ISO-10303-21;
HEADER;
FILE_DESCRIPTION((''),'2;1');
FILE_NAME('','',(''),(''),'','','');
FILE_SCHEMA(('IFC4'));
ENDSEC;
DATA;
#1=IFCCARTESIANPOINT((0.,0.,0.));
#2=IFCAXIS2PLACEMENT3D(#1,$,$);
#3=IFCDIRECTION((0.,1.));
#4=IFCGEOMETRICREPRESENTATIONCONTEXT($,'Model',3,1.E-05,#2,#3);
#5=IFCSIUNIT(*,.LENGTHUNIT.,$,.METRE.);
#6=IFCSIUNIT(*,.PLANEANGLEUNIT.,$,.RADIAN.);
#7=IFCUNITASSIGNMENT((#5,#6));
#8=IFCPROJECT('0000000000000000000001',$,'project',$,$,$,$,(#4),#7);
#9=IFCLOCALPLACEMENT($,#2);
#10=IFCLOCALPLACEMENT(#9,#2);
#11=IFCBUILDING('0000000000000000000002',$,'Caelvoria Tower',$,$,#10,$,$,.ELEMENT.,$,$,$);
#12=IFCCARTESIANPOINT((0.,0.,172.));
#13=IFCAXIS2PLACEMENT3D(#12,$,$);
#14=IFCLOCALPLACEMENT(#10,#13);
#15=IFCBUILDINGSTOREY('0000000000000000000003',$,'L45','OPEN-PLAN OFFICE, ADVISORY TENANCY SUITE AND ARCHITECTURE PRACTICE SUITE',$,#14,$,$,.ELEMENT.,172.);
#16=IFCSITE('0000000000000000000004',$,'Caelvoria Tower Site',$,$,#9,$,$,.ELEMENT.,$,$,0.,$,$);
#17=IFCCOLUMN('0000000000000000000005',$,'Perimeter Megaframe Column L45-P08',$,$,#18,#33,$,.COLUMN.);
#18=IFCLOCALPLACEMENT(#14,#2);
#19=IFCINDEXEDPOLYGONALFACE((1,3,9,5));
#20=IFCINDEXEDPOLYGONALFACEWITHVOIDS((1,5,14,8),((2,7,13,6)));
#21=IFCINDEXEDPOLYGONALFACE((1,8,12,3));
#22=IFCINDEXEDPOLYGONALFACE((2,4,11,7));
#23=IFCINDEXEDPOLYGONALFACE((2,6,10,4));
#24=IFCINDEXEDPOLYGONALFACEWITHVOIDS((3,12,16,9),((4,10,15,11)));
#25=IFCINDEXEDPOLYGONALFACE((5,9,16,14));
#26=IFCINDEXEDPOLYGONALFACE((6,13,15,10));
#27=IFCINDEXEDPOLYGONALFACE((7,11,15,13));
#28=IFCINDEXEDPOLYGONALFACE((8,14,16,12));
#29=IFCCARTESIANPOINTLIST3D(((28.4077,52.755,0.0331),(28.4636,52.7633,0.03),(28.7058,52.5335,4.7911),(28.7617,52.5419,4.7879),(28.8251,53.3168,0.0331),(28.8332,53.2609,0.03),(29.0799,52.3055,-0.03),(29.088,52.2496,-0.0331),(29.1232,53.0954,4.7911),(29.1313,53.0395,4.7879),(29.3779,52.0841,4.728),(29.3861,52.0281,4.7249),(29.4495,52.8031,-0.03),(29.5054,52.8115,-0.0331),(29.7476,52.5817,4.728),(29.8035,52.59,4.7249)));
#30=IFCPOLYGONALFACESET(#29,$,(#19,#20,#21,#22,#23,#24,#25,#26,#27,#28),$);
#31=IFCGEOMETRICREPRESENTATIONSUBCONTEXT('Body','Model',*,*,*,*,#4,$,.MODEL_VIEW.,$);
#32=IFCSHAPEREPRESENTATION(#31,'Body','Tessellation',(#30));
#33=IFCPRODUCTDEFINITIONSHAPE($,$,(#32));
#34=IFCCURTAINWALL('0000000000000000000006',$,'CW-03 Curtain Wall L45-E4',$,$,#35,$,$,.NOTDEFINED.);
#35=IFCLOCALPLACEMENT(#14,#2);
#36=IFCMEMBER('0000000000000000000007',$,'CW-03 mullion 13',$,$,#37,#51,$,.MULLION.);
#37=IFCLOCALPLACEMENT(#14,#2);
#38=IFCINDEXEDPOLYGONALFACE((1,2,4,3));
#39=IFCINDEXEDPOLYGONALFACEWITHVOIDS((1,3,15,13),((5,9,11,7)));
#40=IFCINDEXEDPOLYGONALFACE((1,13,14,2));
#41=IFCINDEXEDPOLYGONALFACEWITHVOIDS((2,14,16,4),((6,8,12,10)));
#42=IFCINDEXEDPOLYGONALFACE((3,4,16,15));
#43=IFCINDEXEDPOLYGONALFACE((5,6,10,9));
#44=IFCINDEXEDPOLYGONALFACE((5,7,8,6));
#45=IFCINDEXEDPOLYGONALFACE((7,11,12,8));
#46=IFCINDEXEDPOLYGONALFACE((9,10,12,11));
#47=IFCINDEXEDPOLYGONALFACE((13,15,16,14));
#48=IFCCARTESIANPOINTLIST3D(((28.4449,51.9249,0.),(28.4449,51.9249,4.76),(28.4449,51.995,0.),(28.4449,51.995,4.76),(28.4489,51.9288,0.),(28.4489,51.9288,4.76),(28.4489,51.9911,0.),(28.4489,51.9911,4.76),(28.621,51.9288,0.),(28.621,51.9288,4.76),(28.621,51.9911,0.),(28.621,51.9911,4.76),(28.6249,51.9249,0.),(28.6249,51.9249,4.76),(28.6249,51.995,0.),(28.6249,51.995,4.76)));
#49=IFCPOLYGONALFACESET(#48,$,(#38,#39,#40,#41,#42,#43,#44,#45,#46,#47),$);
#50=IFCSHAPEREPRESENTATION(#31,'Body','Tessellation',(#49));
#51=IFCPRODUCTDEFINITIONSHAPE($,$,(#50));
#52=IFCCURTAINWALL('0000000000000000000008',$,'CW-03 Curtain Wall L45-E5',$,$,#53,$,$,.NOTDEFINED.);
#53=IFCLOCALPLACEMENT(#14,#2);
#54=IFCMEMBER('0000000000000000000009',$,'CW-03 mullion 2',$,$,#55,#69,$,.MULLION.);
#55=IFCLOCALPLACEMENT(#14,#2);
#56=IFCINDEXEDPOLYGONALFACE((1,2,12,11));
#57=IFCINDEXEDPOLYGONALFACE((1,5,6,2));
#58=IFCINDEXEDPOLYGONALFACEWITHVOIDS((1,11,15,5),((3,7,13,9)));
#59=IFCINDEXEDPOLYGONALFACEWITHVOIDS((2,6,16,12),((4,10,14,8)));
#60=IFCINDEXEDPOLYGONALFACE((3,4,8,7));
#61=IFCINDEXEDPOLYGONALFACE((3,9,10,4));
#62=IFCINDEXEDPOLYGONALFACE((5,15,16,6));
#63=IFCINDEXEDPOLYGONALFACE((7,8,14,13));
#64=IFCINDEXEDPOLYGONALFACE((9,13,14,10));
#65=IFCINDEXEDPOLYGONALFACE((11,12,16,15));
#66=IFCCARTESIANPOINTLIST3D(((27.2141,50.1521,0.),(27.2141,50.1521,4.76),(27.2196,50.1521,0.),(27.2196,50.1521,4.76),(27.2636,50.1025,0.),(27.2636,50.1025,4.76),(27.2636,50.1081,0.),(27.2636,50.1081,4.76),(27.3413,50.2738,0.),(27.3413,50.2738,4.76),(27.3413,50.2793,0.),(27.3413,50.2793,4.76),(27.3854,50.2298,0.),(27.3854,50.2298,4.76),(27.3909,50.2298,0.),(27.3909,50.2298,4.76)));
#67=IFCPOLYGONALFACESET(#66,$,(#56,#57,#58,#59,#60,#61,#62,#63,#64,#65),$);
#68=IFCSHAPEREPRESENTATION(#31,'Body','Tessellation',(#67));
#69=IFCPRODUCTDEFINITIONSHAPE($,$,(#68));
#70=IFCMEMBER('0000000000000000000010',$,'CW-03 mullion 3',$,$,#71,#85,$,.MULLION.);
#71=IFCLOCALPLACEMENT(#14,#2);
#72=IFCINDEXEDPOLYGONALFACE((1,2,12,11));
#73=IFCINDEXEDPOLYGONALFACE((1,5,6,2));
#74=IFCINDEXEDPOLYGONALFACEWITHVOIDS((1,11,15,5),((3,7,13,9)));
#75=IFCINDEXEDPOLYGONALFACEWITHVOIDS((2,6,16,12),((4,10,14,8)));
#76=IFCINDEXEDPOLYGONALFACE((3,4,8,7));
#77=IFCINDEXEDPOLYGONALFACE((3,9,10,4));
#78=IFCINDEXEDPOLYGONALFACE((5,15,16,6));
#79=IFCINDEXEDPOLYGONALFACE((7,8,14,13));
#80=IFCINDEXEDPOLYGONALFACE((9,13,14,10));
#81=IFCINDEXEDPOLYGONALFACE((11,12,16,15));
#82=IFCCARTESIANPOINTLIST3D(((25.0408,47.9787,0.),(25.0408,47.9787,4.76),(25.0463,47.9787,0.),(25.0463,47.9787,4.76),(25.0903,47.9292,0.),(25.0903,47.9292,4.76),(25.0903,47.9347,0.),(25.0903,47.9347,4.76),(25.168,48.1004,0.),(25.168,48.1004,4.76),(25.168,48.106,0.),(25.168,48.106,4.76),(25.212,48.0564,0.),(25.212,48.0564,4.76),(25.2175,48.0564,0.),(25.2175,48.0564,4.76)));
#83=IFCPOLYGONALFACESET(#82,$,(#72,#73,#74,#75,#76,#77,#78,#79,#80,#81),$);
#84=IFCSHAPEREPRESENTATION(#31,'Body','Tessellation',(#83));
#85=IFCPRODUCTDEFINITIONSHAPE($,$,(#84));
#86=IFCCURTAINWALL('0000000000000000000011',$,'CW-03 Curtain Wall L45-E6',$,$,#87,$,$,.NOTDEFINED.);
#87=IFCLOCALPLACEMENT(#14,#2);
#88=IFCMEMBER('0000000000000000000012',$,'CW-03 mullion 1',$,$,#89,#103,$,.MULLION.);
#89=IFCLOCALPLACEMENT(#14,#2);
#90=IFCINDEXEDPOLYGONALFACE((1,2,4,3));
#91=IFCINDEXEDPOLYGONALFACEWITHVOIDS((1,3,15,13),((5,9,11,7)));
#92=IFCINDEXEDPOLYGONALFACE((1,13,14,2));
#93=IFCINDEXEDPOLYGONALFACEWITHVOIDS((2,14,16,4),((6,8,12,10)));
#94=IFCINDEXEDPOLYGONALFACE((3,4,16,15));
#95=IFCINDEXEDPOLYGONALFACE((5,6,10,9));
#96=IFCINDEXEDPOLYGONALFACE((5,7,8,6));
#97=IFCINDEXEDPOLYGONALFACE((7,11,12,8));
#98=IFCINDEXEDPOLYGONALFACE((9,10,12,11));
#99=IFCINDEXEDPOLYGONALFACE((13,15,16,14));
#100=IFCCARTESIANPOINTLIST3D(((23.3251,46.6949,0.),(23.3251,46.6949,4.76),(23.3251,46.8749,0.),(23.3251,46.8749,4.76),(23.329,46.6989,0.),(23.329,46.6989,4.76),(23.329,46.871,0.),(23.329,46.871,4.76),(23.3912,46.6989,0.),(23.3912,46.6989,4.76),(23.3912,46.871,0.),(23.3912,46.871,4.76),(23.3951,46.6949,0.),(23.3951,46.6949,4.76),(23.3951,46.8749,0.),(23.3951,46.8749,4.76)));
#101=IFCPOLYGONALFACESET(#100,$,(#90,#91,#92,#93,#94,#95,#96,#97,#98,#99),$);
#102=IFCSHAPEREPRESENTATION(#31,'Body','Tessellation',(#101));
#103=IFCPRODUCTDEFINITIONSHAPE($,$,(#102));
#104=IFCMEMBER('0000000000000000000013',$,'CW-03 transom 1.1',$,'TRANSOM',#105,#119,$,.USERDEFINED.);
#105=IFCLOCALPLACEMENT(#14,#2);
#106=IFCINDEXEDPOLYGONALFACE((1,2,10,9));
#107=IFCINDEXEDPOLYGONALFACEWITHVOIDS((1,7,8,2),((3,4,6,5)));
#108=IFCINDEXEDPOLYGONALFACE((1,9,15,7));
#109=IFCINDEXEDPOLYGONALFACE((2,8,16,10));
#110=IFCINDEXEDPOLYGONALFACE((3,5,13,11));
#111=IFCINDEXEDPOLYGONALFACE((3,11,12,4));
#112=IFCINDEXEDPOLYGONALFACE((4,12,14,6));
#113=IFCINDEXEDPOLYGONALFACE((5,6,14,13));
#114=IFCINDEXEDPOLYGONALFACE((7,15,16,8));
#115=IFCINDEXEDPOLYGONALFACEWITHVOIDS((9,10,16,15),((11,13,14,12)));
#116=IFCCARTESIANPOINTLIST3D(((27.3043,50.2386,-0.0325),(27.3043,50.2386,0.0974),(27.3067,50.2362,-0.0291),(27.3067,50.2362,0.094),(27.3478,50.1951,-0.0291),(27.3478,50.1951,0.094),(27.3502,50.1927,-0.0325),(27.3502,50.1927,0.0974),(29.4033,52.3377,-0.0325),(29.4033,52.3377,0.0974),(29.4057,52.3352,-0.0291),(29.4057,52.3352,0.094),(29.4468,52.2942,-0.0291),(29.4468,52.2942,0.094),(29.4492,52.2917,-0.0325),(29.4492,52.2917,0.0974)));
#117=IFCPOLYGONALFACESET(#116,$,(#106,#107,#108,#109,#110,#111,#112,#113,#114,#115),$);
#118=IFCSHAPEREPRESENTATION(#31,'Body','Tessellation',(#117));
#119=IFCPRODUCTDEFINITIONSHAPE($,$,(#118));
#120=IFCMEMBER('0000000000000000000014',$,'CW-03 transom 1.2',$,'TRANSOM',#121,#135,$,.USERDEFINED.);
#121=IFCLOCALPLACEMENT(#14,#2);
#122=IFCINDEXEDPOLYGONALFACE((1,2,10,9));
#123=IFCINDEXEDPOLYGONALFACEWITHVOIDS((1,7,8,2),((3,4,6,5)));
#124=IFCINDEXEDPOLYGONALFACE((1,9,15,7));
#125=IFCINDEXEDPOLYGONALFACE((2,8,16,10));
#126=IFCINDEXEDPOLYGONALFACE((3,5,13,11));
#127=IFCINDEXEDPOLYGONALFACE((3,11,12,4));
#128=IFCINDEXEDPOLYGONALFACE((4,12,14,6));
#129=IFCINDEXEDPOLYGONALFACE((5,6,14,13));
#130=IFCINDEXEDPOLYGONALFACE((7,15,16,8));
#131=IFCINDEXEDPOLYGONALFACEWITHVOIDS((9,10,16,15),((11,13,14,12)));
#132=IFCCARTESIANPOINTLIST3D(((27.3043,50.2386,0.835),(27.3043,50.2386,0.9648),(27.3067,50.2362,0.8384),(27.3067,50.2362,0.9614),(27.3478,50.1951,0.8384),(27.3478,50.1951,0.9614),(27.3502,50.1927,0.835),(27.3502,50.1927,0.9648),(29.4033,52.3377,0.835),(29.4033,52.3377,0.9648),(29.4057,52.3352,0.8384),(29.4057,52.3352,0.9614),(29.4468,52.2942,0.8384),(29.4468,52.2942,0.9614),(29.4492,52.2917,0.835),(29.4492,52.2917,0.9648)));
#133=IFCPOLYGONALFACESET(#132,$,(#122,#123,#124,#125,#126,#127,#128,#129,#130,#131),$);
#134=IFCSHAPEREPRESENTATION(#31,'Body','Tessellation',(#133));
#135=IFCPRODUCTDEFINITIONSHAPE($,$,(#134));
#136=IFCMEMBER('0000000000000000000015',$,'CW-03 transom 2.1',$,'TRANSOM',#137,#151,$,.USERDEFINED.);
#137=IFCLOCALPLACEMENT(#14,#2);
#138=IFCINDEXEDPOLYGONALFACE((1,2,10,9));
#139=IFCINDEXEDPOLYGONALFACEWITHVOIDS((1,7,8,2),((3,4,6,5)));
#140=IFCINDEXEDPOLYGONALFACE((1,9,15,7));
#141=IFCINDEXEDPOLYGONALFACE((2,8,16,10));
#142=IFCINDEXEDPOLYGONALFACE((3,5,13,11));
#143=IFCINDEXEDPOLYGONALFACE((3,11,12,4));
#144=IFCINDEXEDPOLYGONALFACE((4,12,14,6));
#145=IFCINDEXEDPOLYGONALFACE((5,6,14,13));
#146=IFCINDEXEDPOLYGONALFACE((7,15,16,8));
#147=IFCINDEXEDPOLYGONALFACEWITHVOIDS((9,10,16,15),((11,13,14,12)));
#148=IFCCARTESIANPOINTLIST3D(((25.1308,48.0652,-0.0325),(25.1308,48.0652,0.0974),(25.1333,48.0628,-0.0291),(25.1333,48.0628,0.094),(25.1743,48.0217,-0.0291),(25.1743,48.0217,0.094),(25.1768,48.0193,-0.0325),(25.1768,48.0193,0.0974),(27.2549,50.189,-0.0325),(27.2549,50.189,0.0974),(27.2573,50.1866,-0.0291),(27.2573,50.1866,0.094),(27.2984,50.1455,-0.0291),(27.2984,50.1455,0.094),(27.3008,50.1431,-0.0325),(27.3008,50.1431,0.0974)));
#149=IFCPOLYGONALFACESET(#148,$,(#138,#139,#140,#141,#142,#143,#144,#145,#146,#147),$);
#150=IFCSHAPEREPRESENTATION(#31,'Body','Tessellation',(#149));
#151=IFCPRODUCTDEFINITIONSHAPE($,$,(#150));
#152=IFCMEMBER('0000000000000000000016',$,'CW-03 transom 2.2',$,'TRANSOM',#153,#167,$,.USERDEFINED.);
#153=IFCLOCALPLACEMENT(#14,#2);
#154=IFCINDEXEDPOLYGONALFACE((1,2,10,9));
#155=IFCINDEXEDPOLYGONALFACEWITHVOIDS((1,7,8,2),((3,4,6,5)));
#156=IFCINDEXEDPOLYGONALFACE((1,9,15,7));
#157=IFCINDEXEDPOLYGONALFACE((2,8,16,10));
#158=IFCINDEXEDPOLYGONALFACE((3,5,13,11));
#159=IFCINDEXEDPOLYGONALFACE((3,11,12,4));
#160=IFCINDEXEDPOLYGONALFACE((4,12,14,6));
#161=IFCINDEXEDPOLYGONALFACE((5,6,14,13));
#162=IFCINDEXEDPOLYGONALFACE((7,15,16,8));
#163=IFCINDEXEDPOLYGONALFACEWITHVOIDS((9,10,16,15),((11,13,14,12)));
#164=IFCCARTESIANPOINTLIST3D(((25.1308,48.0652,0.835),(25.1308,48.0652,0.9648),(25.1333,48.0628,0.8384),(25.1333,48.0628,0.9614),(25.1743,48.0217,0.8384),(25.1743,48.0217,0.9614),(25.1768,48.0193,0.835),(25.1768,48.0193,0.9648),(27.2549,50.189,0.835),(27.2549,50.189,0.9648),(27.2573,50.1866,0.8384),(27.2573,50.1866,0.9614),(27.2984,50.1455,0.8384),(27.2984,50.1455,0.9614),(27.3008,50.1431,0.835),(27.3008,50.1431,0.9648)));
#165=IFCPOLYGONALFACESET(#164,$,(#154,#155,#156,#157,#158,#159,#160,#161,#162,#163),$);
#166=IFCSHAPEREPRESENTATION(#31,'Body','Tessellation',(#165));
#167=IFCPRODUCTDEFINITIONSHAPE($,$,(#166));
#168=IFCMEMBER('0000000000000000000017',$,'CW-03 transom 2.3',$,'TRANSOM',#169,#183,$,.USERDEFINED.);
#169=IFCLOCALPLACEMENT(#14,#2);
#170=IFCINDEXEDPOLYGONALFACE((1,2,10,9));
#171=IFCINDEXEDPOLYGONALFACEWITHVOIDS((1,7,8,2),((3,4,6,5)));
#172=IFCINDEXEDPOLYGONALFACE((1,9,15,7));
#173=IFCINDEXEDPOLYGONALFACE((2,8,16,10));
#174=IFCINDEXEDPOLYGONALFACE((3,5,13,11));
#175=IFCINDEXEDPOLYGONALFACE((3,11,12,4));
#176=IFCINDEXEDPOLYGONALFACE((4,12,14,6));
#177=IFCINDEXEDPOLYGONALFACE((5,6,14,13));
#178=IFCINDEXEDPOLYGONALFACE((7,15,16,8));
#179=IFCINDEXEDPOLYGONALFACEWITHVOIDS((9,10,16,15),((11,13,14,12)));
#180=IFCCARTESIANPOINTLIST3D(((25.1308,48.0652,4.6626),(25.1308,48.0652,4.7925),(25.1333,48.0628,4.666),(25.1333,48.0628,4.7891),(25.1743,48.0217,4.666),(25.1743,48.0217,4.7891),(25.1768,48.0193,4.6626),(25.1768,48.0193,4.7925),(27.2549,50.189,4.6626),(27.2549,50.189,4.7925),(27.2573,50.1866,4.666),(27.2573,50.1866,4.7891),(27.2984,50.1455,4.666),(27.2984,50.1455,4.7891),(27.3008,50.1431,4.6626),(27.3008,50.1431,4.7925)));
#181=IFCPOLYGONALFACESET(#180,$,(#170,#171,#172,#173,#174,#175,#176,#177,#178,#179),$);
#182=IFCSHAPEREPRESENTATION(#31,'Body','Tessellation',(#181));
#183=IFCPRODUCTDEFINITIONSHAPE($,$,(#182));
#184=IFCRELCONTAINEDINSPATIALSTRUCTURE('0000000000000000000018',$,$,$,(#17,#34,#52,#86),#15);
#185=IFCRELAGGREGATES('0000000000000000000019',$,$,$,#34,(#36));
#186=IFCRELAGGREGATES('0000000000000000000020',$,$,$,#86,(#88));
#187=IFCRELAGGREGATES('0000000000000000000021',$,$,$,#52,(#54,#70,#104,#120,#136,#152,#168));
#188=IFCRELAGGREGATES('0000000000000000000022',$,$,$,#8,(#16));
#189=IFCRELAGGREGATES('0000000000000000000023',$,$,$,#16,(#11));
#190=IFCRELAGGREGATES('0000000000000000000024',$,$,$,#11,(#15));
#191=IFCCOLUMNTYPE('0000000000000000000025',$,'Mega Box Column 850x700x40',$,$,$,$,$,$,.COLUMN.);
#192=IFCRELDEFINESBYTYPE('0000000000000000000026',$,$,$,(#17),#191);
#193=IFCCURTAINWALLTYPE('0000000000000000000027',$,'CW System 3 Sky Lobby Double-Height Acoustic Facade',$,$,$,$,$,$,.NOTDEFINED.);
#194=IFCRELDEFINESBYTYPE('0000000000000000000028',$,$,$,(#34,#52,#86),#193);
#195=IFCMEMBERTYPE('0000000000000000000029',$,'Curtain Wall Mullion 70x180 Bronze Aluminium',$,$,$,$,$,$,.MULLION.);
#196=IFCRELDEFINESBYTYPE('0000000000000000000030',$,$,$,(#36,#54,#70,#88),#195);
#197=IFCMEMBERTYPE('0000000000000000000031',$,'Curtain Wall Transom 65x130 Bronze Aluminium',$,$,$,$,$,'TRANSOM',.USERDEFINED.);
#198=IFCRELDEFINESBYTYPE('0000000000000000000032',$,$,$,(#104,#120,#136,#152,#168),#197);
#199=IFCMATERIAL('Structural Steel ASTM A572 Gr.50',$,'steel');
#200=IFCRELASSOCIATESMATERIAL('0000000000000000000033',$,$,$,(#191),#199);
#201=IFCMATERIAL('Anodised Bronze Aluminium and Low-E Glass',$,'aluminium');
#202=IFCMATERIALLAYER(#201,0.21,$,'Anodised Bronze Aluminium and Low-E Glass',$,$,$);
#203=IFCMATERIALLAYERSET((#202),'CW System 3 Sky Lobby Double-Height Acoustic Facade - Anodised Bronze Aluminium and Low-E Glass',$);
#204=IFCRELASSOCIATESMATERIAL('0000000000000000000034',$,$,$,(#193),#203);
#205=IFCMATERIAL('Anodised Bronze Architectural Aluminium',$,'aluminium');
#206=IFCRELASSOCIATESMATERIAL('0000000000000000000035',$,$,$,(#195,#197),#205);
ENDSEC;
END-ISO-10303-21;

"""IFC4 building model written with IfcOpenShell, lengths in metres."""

from ifc_helpers import new_model, si_unit, direction, frame, origin, origin_2d, place, context, subcontext, project, spatial, hollow_rectangle, extrude, material, layer, layer_set, material_profile, profile_set, type_object, element, aggregate, save


model = new_model("IFC4")

# Units and contexts
model_context = context("Model", 3, precision=1e-05, world=origin(), true_north=direction((0.0, 1.0)))
body_context = subcontext(model_context, "Body", "Model", "MODEL_VIEW")
ifc_project = project(units=[si_unit("LENGTHUNIT", "METRE"), si_unit("PLANEANGLEUNIT", "RADIAN")], contexts=[model_context])

# Site, building, storey
site_placement = place(None, origin())
site = spatial("IfcSite", under=ifc_project, at=site_placement, Name="Caelvoria Tower Site", CompositionType="ELEMENT", RefElevation=0.0)
building_placement = place(site_placement, origin())
building = spatial("IfcBuilding", under=site, at=building_placement, Name="Caelvoria Tower", CompositionType="ELEMENT")
storey_placement = place(building_placement, frame((0.0, 0.0, 172.0)))
storey = spatial("IfcBuildingStorey", under=building, at=storey_placement, Name="L45", Description="OPEN-PLAN OFFICE, ADVISORY TENANCY SUITE AND ARCHITECTURE PRACTICE SUITE", CompositionType="ELEMENT", Elevation=172.0)

# Column
ifc_material_1 = material(Name="Structural Steel ASTM A572 Gr.50", Category="steel")
ifc_material_profile_1 = material_profile(ifc_material_1, hollow_rectangle(XDim=0.7, YDim=0.8501, WallThickness=0.04, at=origin_2d()), Name="Structural Steel ASTM A572 Gr.50")
ifc_profile_set_1 = profile_set([ifc_material_profile_1], Name="BOX850X700X40 - Structural Steel ASTM A572 Gr.50")
column_type = type_object("IfcColumnType", Name="Mega Box Column 850x700x40", PredefinedType="COLUMN", material=ifc_profile_set_1)
column_placement = place(storey_placement, frame((28.9565, 52.7832, 0.0), z_axis=(0.062461, -0.046398, 0.996968), x_axis=(0.596312, 0.802753, 0.0)))
element("IfcColumn", 1, at=column_placement, inside=storey, type_object=column_type, Name="Perimeter Megaframe Column L45-P08", PredefinedType="COLUMN", context=body_context, shape_type="SweptSolid", body=[
    extrude(hollow_rectangle(XDim=0.7, YDim=0.8501, WallThickness=0.04, at=origin_2d()), origin(), (0.0, 0.0, 1.0), 4.7725),
])

# Curtain wall, member
ifc_material_2 = material(Name="Anodised Bronze Aluminium and Low-E Glass", Category="aluminium")
ifc_layer_1 = layer(ifc_material_2, 0.21, Name="Anodised Bronze Aluminium and Low-E Glass")
ifc_layer_set_1 = layer_set([ifc_layer_1], Name="CW System 3 Sky Lobby Double-Height Acoustic Facade - Anodised Bronze Aluminium and Low-E Glass")
curtain_wall_type = type_object("IfcCurtainWallType", Name="CW System 3 Sky Lobby Double-Height Acoustic Facade", PredefinedType="NOTDEFINED", material=ifc_layer_set_1)
curtain_wall_1_placement = place(storey_placement, origin())
curtain_wall_1 = element("IfcCurtainWall", 2, at=curtain_wall_1_placement, inside=storey, type_object=curtain_wall_type, Name="CW-03 Curtain Wall L45-E4", PredefinedType="NOTDEFINED")
ifc_material_3 = material(Name="Anodised Bronze Architectural Aluminium", Category="aluminium")
ifc_material_profile_2 = material_profile(ifc_material_3, hollow_rectangle(XDim=0.0701, YDim=0.1799, WallThickness=0.0039, at=origin_2d()), Name="Anodised Bronze Architectural Aluminium")
ifc_profile_set_2 = profile_set([ifc_material_profile_2], Name="CW_MULL_70X180 - Anodised Bronze Architectural Aluminium")
member_type_1 = type_object("IfcMemberType", Name="Curtain Wall Mullion 70x180 Bronze Aluminium", PredefinedType="MULLION", material=ifc_profile_set_2)
member_1_placement = place(storey_placement, frame((28.5349, 51.96, 0.0), z_axis=(0.0, 0.0, 1.0), x_axis=(0.0, -1.0, 0.0)))
member_1 = element("IfcMember", 3, at=member_1_placement, type_object=member_type_1, Name="CW-03 mullion 13", PredefinedType="MULLION", context=body_context, shape_type="SweptSolid", body=[
    extrude(hollow_rectangle(XDim=0.0701, YDim=0.1799, WallThickness=0.0039, at=origin_2d()), origin(), (0.0, 0.0, 1.0), 4.76),
])
aggregate(curtain_wall_1, [member_1])

# Curtain wall, members
curtain_wall_2_placement = place(storey_placement, origin())
curtain_wall_2 = element("IfcCurtainWall", 4, at=curtain_wall_2_placement, inside=storey, type_object=curtain_wall_type, Name="CW-03 Curtain Wall L45-E5", PredefinedType="NOTDEFINED")
member_2_placement = place(storey_placement, frame((27.3025, 50.1909, 0.0), z_axis=(0.0, 0.0, 1.0), x_axis=(0.707107, -0.707107, 0.0)))
member_2 = element("IfcMember", 5, at=member_2_placement, type_object=member_type_1, Name="CW-03 mullion 2", PredefinedType="MULLION", context=body_context, shape_type="SweptSolid", body=[
    extrude(hollow_rectangle(XDim=0.0701, YDim=0.1799, WallThickness=0.0039, at=origin_2d()), origin(), (0.0, 0.0, 1.0), 4.76),
])
member_3_placement = place(storey_placement, frame((25.1292, 48.0176, 0.0), z_axis=(0.0, 0.0, 1.0), x_axis=(0.707107, -0.707107, 0.0)))
member_3 = element("IfcMember", 6, at=member_3_placement, type_object=member_type_1, Name="CW-03 mullion 3", PredefinedType="MULLION", context=body_context, shape_type="SweptSolid", body=[
    extrude(hollow_rectangle(XDim=0.0701, YDim=0.1799, WallThickness=0.0039, at=origin_2d()), origin(), (0.0, 0.0, 1.0), 4.76),
])

# Curtain wall, member
curtain_wall_3_placement = place(storey_placement, origin())
curtain_wall_3 = element("IfcCurtainWall", 7, at=curtain_wall_3_placement, inside=storey, type_object=curtain_wall_type, Name="CW-03 Curtain Wall L45-E6", PredefinedType="NOTDEFINED")
member_4_placement = place(storey_placement, frame((23.3601, 46.7849, 0.0), z_axis=(0.0, 0.0, 1.0), x_axis=(1.0, 0.0, 0.0)))
member_4 = element("IfcMember", 8, at=member_4_placement, type_object=member_type_1, Name="CW-03 mullion 1", PredefinedType="MULLION", context=body_context, shape_type="SweptSolid", body=[
    extrude(hollow_rectangle(XDim=0.0701, YDim=0.1799, WallThickness=0.0039, at=origin_2d()), origin(), (0.0, 0.0, 1.0), 4.76),
])

# Members
ifc_material_profile_3 = material_profile(ifc_material_3, hollow_rectangle(XDim=0.0649, YDim=0.1299, WallThickness=0.0034, at=origin_2d()), Name="Anodised Bronze Architectural Aluminium")
ifc_profile_set_3 = profile_set([ifc_material_profile_3], Name="CW_TRAN_65X130 - Anodised Bronze Architectural Aluminium")
member_type_2 = type_object("IfcMemberType", Name="Curtain Wall Transom 65x130 Bronze Aluminium", ElementType="TRANSOM", PredefinedType="USERDEFINED", material=ifc_profile_set_3)
member_5_placement = place(storey_placement, frame((29.4263, 52.3147, 0.0325), z_axis=(-0.707107, -0.707107, 0.0), x_axis=(0.707107, -0.707107, 0.0)))
member_5 = element("IfcMember", 9, at=member_5_placement, type_object=member_type_2, Name="CW-03 transom 1.1", ObjectType="TRANSOM", PredefinedType="USERDEFINED", context=body_context, shape_type="SweptSolid", body=[
    extrude(hollow_rectangle(XDim=0.0649, YDim=0.1299, WallThickness=0.0034, at=origin_2d()), origin(), (0.0, 0.0, 1.0), 2.9685),
])
member_6_placement = place(storey_placement, frame((29.4263, 52.3147, 0.8999), z_axis=(-0.707107, -0.707107, 0.0), x_axis=(0.707107, -0.707107, 0.0)))
member_6 = element("IfcMember", 10, at=member_6_placement, type_object=member_type_2, Name="CW-03 transom 1.2", ObjectType="TRANSOM", PredefinedType="USERDEFINED", context=body_context, shape_type="SweptSolid", body=[
    extrude(hollow_rectangle(XDim=0.0649, YDim=0.1299, WallThickness=0.0034, at=origin_2d()), origin(), (0.0, 0.0, 1.0), 2.9685),
])
member_7_placement = place(storey_placement, frame((27.2778, 50.166, 0.0325), z_axis=(-0.707147, -0.707066, 0.0), x_axis=(0.707066, -0.707147, 0.0)))
member_7 = element("IfcMember", 11, at=member_7_placement, type_object=member_type_2, Name="CW-03 transom 2.1", ObjectType="TRANSOM", PredefinedType="USERDEFINED", context=body_context, shape_type="SweptSolid", body=[
    extrude(hollow_rectangle(XDim=0.0649, YDim=0.1299, WallThickness=0.0034, at=origin_2d()), origin(), (0.0, 0.0, 1.0), 3.0037),
])
member_8_placement = place(storey_placement, frame((27.2778, 50.166, 0.8999), z_axis=(-0.707147, -0.707066, 0.0), x_axis=(0.707066, -0.707147, 0.0)))
member_8 = element("IfcMember", 12, at=member_8_placement, type_object=member_type_2, Name="CW-03 transom 2.2", ObjectType="TRANSOM", PredefinedType="USERDEFINED", context=body_context, shape_type="SweptSolid", body=[
    extrude(hollow_rectangle(XDim=0.0649, YDim=0.1299, WallThickness=0.0034, at=origin_2d()), origin(), (0.0, 0.0, 1.0), 3.0037),
])
member_9_placement = place(storey_placement, frame((27.2778, 50.166, 4.7275), z_axis=(-0.707147, -0.707066, 0.0), x_axis=(0.707066, -0.707147, 0.0)))
member_9 = element("IfcMember", 13, at=member_9_placement, type_object=member_type_2, Name="CW-03 transom 2.3", ObjectType="TRANSOM", PredefinedType="USERDEFINED", context=body_context, shape_type="SweptSolid", body=[
    extrude(hollow_rectangle(XDim=0.0649, YDim=0.1299, WallThickness=0.0034, at=origin_2d()), origin(), (0.0, 0.0, 1.0), 3.0037),
])
aggregate(curtain_wall_3, [member_4])

aggregate(curtain_wall_2, [member_2, member_3, member_5, member_6, member_7, member_8, member_9])

save(model, "model.ifc")
